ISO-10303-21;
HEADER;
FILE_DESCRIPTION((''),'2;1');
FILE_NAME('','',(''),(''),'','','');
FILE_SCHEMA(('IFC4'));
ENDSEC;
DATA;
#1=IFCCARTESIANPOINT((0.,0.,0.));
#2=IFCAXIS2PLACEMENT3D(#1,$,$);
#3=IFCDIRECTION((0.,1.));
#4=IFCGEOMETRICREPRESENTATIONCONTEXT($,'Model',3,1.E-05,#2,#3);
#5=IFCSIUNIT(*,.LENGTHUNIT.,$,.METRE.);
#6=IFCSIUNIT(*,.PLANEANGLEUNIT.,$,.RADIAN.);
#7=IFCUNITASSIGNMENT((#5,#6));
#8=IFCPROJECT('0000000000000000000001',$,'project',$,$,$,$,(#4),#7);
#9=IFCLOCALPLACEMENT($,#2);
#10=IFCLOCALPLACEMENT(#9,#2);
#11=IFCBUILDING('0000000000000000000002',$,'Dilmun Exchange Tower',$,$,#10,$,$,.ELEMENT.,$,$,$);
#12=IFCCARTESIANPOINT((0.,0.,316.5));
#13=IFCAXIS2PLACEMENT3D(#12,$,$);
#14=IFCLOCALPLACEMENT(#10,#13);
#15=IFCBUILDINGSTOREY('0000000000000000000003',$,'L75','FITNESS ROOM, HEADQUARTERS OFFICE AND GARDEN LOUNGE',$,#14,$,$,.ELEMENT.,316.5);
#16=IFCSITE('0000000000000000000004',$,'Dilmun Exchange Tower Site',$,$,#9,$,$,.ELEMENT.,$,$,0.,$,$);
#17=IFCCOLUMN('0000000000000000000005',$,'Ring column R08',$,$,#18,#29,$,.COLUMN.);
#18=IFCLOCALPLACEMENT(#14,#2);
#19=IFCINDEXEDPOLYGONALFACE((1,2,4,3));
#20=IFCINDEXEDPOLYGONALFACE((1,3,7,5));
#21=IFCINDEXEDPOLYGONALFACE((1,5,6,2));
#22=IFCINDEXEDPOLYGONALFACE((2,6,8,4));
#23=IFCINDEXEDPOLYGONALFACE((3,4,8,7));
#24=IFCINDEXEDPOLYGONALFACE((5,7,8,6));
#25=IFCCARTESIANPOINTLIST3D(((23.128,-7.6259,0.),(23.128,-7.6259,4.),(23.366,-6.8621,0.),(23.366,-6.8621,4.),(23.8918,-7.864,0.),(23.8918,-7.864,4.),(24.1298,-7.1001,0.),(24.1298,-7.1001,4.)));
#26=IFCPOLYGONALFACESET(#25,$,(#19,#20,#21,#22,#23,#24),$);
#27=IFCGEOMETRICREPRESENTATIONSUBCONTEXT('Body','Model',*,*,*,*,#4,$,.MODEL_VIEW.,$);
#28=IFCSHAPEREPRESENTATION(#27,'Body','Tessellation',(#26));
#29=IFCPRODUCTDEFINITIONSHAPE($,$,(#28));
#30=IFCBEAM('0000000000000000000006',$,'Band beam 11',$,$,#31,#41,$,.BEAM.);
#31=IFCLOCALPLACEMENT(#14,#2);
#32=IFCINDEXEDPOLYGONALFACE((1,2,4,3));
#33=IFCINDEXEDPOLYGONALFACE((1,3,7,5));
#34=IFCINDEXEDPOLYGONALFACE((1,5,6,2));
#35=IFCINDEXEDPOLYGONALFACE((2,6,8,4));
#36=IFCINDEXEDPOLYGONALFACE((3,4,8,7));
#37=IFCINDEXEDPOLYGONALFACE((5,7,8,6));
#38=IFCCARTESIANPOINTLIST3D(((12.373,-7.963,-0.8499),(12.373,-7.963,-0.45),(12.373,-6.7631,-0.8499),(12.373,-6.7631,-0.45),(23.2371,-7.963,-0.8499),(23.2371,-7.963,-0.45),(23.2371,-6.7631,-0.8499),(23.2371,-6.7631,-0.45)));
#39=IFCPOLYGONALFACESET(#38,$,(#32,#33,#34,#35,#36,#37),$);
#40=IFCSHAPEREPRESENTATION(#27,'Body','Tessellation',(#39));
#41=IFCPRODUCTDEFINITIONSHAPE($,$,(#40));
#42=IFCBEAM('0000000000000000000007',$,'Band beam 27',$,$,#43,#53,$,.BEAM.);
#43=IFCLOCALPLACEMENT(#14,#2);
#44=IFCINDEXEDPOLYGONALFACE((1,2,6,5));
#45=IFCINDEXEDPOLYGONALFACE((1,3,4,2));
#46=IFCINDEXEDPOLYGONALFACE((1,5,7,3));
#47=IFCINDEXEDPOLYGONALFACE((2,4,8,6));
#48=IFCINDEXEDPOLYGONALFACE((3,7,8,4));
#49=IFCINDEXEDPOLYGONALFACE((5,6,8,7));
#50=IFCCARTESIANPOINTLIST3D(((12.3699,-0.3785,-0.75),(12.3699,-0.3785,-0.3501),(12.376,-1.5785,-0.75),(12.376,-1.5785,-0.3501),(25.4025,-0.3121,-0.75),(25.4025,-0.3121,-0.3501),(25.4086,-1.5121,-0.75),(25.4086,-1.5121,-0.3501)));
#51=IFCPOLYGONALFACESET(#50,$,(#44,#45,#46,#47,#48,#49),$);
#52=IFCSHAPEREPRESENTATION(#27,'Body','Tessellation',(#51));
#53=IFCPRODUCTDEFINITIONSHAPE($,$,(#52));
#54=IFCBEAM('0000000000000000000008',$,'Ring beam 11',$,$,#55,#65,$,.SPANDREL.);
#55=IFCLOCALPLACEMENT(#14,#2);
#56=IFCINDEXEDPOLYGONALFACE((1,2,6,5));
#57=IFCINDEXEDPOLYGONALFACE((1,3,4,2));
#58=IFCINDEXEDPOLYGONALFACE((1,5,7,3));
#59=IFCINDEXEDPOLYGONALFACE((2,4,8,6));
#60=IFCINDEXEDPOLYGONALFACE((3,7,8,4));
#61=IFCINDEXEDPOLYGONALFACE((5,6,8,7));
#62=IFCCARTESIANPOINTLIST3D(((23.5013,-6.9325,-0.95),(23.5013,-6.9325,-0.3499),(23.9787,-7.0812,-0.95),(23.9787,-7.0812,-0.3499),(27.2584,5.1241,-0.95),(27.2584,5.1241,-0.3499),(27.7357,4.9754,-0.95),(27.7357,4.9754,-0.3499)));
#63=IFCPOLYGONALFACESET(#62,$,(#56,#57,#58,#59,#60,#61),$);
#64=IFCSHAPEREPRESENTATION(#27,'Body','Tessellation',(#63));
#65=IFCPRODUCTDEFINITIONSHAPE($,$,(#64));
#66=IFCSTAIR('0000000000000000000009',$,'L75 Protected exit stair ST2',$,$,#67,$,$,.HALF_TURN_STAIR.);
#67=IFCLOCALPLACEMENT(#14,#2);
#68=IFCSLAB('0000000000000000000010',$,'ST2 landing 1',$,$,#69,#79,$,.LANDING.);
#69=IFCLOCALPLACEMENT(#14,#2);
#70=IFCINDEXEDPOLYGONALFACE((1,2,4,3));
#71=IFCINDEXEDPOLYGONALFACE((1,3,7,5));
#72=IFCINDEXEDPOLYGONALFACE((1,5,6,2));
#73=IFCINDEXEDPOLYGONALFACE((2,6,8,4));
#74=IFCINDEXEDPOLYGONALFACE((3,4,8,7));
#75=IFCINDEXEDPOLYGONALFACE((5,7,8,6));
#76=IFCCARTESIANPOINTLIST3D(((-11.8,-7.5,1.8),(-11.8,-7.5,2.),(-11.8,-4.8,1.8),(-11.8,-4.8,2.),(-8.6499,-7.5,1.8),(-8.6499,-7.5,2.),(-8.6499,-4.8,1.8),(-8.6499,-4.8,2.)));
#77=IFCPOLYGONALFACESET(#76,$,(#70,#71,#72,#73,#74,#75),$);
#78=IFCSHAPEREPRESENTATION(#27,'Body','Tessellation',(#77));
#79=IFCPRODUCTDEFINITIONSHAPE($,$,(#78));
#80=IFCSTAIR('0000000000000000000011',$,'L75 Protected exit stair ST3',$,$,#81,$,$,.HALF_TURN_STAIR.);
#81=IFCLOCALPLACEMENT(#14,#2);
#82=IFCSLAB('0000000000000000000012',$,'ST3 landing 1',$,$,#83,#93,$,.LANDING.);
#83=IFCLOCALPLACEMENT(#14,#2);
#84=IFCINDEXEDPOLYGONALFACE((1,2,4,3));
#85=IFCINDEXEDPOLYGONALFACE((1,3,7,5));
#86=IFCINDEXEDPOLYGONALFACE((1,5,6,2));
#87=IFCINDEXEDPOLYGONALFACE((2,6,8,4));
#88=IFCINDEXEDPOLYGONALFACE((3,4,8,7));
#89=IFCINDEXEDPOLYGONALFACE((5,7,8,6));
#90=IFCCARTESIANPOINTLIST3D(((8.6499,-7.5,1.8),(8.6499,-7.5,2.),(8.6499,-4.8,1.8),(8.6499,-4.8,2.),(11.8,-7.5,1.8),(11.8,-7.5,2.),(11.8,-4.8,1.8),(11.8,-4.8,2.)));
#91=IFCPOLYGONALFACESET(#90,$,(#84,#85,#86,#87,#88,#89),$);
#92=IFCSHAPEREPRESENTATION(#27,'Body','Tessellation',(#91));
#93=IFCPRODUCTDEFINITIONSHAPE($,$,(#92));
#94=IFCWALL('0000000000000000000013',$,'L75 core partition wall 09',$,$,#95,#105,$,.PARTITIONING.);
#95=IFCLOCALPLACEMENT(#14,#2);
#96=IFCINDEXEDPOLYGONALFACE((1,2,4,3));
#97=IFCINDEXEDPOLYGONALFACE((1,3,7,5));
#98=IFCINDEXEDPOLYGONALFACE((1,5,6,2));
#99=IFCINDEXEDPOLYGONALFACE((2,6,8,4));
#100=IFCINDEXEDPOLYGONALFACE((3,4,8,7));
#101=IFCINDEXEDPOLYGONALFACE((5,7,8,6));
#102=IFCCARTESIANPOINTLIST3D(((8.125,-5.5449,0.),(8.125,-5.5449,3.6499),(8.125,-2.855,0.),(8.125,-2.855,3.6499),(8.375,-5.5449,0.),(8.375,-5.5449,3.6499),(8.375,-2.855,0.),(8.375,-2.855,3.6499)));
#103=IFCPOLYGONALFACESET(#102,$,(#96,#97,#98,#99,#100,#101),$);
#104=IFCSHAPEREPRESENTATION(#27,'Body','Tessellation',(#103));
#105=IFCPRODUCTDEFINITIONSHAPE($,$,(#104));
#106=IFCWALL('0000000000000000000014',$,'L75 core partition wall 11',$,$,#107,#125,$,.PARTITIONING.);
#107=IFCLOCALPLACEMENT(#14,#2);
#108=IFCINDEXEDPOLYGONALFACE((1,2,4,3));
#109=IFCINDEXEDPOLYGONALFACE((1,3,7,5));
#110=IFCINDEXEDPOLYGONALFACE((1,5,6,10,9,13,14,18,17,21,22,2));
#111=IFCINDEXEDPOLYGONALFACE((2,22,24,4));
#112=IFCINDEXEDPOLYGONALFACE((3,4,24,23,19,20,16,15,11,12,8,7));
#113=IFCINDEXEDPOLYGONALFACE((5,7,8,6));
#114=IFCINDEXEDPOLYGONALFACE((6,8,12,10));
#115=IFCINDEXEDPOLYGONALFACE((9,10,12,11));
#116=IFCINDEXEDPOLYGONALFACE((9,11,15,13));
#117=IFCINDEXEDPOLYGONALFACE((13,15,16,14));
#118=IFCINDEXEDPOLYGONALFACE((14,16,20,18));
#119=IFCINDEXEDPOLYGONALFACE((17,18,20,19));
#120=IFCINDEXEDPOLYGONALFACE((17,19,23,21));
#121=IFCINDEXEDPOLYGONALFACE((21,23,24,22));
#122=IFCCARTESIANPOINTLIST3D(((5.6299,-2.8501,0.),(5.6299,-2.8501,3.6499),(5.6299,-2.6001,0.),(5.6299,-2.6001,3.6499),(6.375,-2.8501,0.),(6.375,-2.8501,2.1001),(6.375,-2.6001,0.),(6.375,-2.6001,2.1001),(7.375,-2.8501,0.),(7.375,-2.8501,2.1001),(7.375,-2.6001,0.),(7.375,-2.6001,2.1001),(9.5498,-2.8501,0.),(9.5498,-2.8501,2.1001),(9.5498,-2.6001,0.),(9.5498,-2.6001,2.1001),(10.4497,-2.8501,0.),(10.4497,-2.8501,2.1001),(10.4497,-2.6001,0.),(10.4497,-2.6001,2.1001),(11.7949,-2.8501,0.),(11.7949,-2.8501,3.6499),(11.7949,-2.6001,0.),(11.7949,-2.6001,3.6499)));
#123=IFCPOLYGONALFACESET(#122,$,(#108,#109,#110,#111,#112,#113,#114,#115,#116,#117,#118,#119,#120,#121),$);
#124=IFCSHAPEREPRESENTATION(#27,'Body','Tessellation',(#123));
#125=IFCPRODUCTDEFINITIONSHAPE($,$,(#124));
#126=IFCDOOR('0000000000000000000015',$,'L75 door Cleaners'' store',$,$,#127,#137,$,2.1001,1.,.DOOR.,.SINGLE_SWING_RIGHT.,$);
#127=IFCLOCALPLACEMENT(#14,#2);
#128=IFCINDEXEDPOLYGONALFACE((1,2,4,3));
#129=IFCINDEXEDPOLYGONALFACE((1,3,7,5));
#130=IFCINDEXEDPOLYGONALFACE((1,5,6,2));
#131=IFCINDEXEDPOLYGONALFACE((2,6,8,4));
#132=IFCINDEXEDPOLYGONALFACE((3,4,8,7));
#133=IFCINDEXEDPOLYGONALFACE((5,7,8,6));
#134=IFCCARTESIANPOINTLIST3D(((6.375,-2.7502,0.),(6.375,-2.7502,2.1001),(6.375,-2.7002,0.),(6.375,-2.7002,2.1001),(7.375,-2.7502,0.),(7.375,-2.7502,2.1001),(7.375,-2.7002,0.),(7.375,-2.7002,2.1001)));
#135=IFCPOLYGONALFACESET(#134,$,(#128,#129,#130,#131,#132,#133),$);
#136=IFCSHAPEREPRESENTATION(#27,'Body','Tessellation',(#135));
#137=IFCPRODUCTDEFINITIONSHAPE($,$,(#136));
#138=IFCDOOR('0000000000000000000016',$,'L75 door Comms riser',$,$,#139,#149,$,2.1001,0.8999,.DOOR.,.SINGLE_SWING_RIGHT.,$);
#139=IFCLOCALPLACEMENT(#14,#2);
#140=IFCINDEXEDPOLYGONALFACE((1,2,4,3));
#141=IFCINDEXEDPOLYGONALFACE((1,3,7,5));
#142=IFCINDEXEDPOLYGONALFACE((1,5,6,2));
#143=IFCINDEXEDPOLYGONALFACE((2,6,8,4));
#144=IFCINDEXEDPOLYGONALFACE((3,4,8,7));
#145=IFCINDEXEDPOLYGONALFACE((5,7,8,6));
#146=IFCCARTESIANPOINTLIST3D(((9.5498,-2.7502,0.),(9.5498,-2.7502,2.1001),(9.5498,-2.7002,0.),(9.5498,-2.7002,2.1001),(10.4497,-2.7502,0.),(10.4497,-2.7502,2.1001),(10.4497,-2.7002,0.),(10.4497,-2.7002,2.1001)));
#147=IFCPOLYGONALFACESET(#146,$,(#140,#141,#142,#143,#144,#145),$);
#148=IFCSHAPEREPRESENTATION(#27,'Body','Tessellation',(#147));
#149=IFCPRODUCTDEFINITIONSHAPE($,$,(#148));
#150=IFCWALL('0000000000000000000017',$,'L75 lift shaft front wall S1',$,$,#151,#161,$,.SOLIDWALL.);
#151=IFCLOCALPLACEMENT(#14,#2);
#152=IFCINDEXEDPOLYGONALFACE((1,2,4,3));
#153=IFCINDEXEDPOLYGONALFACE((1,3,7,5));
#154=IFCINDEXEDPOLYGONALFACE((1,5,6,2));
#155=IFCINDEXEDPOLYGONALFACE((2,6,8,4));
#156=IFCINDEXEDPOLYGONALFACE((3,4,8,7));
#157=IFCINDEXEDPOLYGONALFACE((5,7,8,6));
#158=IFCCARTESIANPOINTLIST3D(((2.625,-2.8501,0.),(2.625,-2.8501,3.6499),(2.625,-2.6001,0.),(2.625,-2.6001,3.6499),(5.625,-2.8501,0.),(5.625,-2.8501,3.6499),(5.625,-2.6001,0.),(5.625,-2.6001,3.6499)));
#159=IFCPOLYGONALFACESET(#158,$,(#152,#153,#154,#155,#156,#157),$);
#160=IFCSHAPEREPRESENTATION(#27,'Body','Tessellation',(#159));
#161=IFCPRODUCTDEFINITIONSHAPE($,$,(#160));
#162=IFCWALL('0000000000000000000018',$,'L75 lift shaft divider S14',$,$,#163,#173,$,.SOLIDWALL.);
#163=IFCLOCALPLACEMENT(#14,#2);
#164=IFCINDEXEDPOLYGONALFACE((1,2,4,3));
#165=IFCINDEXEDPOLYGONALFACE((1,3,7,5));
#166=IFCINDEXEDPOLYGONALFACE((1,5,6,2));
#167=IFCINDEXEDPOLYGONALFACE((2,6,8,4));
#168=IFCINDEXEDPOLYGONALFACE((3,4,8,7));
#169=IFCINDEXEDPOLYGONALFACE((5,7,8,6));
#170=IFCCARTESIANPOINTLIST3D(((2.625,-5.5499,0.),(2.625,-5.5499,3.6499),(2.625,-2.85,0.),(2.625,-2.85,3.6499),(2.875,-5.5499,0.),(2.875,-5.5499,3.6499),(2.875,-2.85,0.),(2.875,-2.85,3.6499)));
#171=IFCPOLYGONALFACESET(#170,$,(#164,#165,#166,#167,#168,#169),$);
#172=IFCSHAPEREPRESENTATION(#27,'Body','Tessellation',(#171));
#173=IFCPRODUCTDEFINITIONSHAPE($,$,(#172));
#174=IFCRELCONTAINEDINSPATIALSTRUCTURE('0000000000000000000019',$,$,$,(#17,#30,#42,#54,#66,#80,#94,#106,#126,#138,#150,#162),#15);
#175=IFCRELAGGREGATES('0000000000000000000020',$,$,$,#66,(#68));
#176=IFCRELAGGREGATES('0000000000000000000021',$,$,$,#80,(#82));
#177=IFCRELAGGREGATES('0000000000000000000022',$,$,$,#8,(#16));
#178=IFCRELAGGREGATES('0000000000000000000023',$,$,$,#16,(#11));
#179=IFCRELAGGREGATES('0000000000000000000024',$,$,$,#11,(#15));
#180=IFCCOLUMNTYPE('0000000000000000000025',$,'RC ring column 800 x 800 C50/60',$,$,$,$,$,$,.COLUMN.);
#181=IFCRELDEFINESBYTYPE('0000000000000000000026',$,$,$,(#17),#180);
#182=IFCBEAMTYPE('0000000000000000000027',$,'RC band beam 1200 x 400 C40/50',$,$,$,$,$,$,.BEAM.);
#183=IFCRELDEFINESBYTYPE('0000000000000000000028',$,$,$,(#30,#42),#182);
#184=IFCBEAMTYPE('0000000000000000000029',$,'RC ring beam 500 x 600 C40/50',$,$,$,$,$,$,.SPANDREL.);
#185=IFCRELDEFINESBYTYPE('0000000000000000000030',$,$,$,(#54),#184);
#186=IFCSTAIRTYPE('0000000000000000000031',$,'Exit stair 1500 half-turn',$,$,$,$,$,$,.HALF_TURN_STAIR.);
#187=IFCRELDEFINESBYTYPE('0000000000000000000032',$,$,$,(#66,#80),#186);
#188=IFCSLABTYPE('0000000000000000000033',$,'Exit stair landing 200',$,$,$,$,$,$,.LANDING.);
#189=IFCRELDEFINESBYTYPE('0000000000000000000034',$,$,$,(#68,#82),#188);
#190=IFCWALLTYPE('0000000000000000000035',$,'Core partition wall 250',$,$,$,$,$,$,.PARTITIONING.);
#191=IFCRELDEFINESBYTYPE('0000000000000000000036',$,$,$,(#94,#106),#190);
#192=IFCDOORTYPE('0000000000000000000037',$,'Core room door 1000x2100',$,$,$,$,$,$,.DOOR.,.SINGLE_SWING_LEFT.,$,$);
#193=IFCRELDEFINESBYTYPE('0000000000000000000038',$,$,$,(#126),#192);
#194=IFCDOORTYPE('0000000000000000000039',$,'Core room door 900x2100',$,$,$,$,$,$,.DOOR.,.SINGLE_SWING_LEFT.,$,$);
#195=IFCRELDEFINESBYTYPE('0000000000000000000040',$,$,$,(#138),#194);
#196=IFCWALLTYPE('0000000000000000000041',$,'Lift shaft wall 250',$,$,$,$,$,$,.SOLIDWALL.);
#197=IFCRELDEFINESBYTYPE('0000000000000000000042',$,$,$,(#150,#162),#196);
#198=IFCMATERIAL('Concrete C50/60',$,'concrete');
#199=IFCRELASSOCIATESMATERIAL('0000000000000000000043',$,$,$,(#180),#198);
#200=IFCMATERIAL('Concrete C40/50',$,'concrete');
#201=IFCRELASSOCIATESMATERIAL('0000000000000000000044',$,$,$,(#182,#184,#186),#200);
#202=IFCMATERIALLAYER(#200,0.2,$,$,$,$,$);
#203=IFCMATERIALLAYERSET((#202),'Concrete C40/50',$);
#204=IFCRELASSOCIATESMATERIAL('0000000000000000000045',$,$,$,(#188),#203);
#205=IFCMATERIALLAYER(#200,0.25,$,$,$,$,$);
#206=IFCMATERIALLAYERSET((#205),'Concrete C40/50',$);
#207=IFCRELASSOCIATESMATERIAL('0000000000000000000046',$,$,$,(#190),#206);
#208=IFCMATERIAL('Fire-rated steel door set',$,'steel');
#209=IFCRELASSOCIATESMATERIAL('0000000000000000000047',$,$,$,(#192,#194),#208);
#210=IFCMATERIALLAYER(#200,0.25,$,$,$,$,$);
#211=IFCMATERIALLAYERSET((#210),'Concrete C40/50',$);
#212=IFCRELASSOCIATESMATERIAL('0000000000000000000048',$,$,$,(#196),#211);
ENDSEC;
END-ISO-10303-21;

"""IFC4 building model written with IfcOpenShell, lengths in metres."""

from ifc_helpers import new_model, si_unit, direction, frame, frame_2d, origin, origin_2d, place, context, subcontext, project, spatial, polyline, rectangle, outline, extrude, material, layer, layer_set, material_profile, profile_set, type_object, element, fill, aggregate, save


model = new_model("IFC4")

# Units and contexts
model_context = context("Model", 3, precision=1e-05, world=origin(), true_north=direction((0.0, 1.0)))
body_context = subcontext(model_context, "Body", "Model", "MODEL_VIEW")
ifc_project = project(units=[si_unit("LENGTHUNIT", "METRE"), si_unit("PLANEANGLEUNIT", "RADIAN")], contexts=[model_context])

# Site, building, storey
site_placement = place(None, origin())
site = spatial("IfcSite", under=ifc_project, at=site_placement, Name="Dilmun Exchange Tower Site", CompositionType="ELEMENT", RefElevation=0.0)
building_placement = place(site_placement, origin())
building = spatial("IfcBuilding", under=site, at=building_placement, Name="Dilmun Exchange Tower", CompositionType="ELEMENT")
storey_placement = place(building_placement, frame((0.0, 0.0, 316.5)))
storey = spatial("IfcBuildingStorey", under=building, at=storey_placement, Name="L75", Description="FITNESS ROOM, HEADQUARTERS OFFICE AND GARDEN LOUNGE", CompositionType="ELEMENT", Elevation=316.5)

# Column
ifc_material_1 = material(Name="Concrete C50/60", Category="concrete")
ifc_material_profile_1 = material_profile(ifc_material_1, rectangle(XDim=0.8, YDim=0.8, at=origin_2d()), Name="800 x 800")
ifc_profile_set_1 = profile_set([ifc_material_profile_1], Name="Concrete C50/60")
column_type = type_object("IfcColumnType", Name="RC ring column 800 x 800 C50/60", PredefinedType="COLUMN", material=ifc_profile_set_1)
column_placement = place(storey_placement, frame((23.6289, -7.363, 0.0), z_axis=(0.0, 0.0, 1.0), x_axis=(0.297503, 0.954721, 0.0)))
element("IfcColumn", 1, at=column_placement, inside=storey, type_object=column_type, Name="Ring column R08", PredefinedType="COLUMN", context=body_context, shape_type="SweptSolid", body=[
    extrude(rectangle(XDim=0.8, YDim=0.8, at=origin_2d()), origin(), (0.0, 0.0, 1.0), 4.0),
])

# Beams
ifc_material_2 = material(Name="Concrete C40/50", Category="concrete")
ifc_material_profile_2 = material_profile(ifc_material_2, rectangle(XDim=1.2, YDim=0.3999, at=origin_2d()), Name="1200 x 400")
ifc_profile_set_2 = profile_set([ifc_material_profile_2], Name="Concrete C40/50")
beam_type_1 = type_object("IfcBeamType", Name="RC band beam 1200 x 400 C40/50", PredefinedType="BEAM", material=ifc_profile_set_2)
beam_1_placement = place(storey_placement, frame((23.2371, -7.363, -0.6499), z_axis=(-1.0, 0.0, 0.0), x_axis=(0.0, -1.0, 0.0)))
element("IfcBeam", 2, at=beam_1_placement, inside=storey, type_object=beam_type_1, Name="Band beam 11", PredefinedType="BEAM", context=body_context, shape_type="SweptSolid", body=[
    extrude(rectangle(XDim=1.2, YDim=0.3999, at=origin_2d()), origin(), (0.0, 0.0, 1.0), 10.864),
])
beam_2_placement = place(storey_placement, frame((25.4055, -0.9121, -0.55), z_axis=(-0.999987, -0.005095, 0.0), x_axis=(0.005095, -0.999987, 0.0)))
element("IfcBeam", 3, at=beam_2_placement, inside=storey, type_object=beam_type_1, Name="Band beam 27", PredefinedType="BEAM", context=body_context, shape_type="SweptSolid", body=[
    extrude(rectangle(XDim=1.2, YDim=0.3999, at=origin_2d()), origin(), (0.0, 0.0, 1.0), 13.0327),
])
ifc_material_profile_3 = material_profile(ifc_material_2, rectangle(XDim=0.5, YDim=0.6001, at=origin_2d()), Name="500 x 600")
ifc_profile_set_3 = profile_set([ifc_material_profile_3], Name="Concrete C40/50")
beam_type_2 = type_object("IfcBeamType", Name="RC ring beam 500 x 600 C40/50", PredefinedType="SPANDREL", material=ifc_profile_set_3)
beam_3_placement = place(storey_placement, frame((23.74, -7.0068, -0.6499), z_axis=(0.297509, 0.954719, 0.0), x_axis=(-0.954719, 0.297509, 0.0)))
element("IfcBeam", 4, at=beam_3_placement, inside=storey, type_object=beam_type_2, Name="Ring beam 11", PredefinedType="SPANDREL", context=body_context, shape_type="SweptSolid", body=[
    extrude(rectangle(XDim=0.5, YDim=0.6001, at=origin_2d()), origin(), (0.0, 0.0, 1.0), 12.6284),
])

# Stairs, slabs
stair_type = type_object("IfcStairType", Name="Exit stair 1500 half-turn", PredefinedType="HALF_TURN_STAIR", material=ifc_material_2)
stair_1_placement = place(storey_placement, origin())
stair_1 = element("IfcStair", 5, at=stair_1_placement, inside=storey, type_object=stair_type, Name="L75 Protected exit stair ST2", PredefinedType="HALF_TURN_STAIR")
ifc_layer_1 = layer(ifc_material_2, 0.2)
ifc_layer_set_1 = layer_set([ifc_layer_1], Name="Concrete C40/50")
slab_type = type_object("IfcSlabType", Name="Exit stair landing 200", PredefinedType="LANDING", material=ifc_layer_set_1)
slab_1_placement = place(storey_placement, frame((0.0, 0.0, 1.8)))
slab_1 = element("IfcSlab", 6, at=slab_1_placement, type_object=slab_type, Name="ST2 landing 1", PredefinedType="LANDING", context=body_context, shape_type="SweptSolid", body=[
    extrude(outline(polyline([(-8.6499, -7.5), (-8.6499, -4.8), (-11.8, -4.8), (-11.8, -7.5), (-8.6499, -7.5)])), origin(), (0.0, 0.0, 1.0), 0.2),
])
aggregate(stair_1, [slab_1])
stair_2_placement = place(storey_placement, origin())
stair_2 = element("IfcStair", 7, at=stair_2_placement, inside=storey, type_object=stair_type, Name="L75 Protected exit stair ST3", PredefinedType="HALF_TURN_STAIR")
slab_2_placement = place(storey_placement, frame((0.0, 0.0, 1.8)))
slab_2 = element("IfcSlab", 8, at=slab_2_placement, type_object=slab_type, Name="ST3 landing 1", PredefinedType="LANDING", context=body_context, shape_type="SweptSolid", body=[
    extrude(outline(polyline([(11.8, -7.5), (11.8, -4.8), (8.6499, -4.8), (8.6499, -7.5), (11.8, -7.5)])), origin(), (0.0, 0.0, 1.0), 0.2),
])

# Shared definitions
ifc_material_3 = material(Name="Fire-rated steel door set", Category="steel")

# Wall
ifc_layer_2 = layer(ifc_material_2, 0.25)
ifc_layer_set_2 = layer_set([ifc_layer_2], Name="Concrete C40/50")
wall_type_1 = type_object("IfcWallType", Name="Core partition wall 250", PredefinedType="PARTITIONING", material=ifc_layer_set_2)
wall_1_placement = place(storey_placement, frame((8.25, -5.5449, 0.0), z_axis=(0.0, 0.0, 1.0), x_axis=(0.0, 1.0, 0.0)))
element("IfcWall", 9, at=wall_1_placement, inside=storey, type_object=wall_type_1, Name="L75 core partition wall 09", PredefinedType="PARTITIONING", context=body_context, shape_type="SweptSolid", body=[
    extrude(rectangle(XDim=2.6899, YDim=0.25, at=frame_2d((1.345, 0.0))), origin(), (0.0, 0.0, 1.0), 3.6499),
])

# Wall, openings, doors
wall_2_placement = place(storey_placement, frame((5.6299, -2.7251, 0.0), z_axis=(0.0, 0.0, 1.0), x_axis=(1.0, 0.0, 0.0)))
wall_2 = element("IfcWall", 10, at=wall_2_placement, inside=storey, type_object=wall_type_1, Name="L75 core partition wall 11", PredefinedType="PARTITIONING", context=body_context, shape_type="SweptSolid", body=[
    extrude(rectangle(XDim=6.165, YDim=0.25, at=frame_2d((3.0825, 0.0))), origin(), (0.0, 0.0, 1.0), 3.6499),
])
opening_1_placement = place(wall_2_placement, frame((0.7451, 0.0, 0.0)))
opening_1 = element("IfcOpeningElement", 11, at=opening_1_placement, cuts=wall_2, PredefinedType="OPENING", context=body_context, shape_type="SweptSolid", body=[
    extrude(rectangle(XDim=1.0, YDim=2.1001, at=frame_2d((0.5, 1.05))), frame((0.0, 0.135, 0.0), z_axis=(0.0, -1.0, 0.0), x_axis=(1.0, 0.0, 0.0)), (0.0, 0.0, 1.0), 0.27),
])
opening_2_placement = place(wall_2_placement, frame((3.9199, 0.0, 0.0)))
opening_2 = element("IfcOpeningElement", 12, at=opening_2_placement, cuts=wall_2, PredefinedType="OPENING", context=body_context, shape_type="SweptSolid", body=[
    extrude(rectangle(XDim=0.8999, YDim=2.1001, at=frame_2d((0.45, 1.05))), frame((0.0, 0.135, 0.0), z_axis=(0.0, -1.0, 0.0), x_axis=(1.0, 0.0, 0.0)), (0.0, 0.0, 1.0), 0.27),
])
door_type_1 = type_object("IfcDoorType", Name="Core room door 1000x2100", OperationType="SINGLE_SWING_LEFT", PredefinedType="DOOR", material=ifc_material_3)
door_1_placement = place(opening_1_placement, origin())
door_1 = element("IfcDoor", 13, at=door_1_placement, inside=storey, type_object=door_type_1, Name="L75 door Cleaners' store", OperationType="SINGLE_SWING_RIGHT", OverallHeight=2.1001, OverallWidth=1.0, PredefinedType="DOOR", context=body_context, shape_type="SweptSolid", body=[
    extrude(rectangle(XDim=1.0, YDim=2.1001, at=frame_2d((0.5, 1.05))), frame((0.0, 0.0249, 0.0), z_axis=(0.0, -1.0, 0.0), x_axis=(1.0, 0.0, 0.0)), (0.0, 0.0, 1.0), 0.05),
])
fill(opening_1, door_1)
door_type_2 = type_object("IfcDoorType", Name="Core room door 900x2100", OperationType="SINGLE_SWING_LEFT", PredefinedType="DOOR", material=ifc_material_3)
door_2_placement = place(opening_2_placement, origin())
door_2 = element("IfcDoor", 14, at=door_2_placement, inside=storey, type_object=door_type_2, Name="L75 door Comms riser", OperationType="SINGLE_SWING_RIGHT", OverallHeight=2.1001, OverallWidth=0.8999, PredefinedType="DOOR", context=body_context, shape_type="SweptSolid", body=[
    extrude(rectangle(XDim=0.8999, YDim=2.1001, at=frame_2d((0.45, 1.05))), frame((0.0, 0.0249, 0.0), z_axis=(0.0, -1.0, 0.0), x_axis=(1.0, 0.0, 0.0)), (0.0, 0.0, 1.0), 0.05),
])
fill(opening_2, door_2)

# Walls
ifc_layer_3 = layer(ifc_material_2, 0.25)
ifc_layer_set_3 = layer_set([ifc_layer_3], Name="Concrete C40/50")
wall_type_2 = type_object("IfcWallType", Name="Lift shaft wall 250", PredefinedType="SOLIDWALL", material=ifc_layer_set_3)
wall_3_placement = place(storey_placement, frame((2.625, -2.7251, 0.0), z_axis=(0.0, 0.0, 1.0), x_axis=(1.0, 0.0, 0.0)))
element("IfcWall", 15, at=wall_3_placement, inside=storey, type_object=wall_type_2, Name="L75 lift shaft front wall S1", PredefinedType="SOLIDWALL", context=body_context, shape_type="SweptSolid", body=[
    extrude(rectangle(XDim=3.0, YDim=0.25, at=frame_2d((1.5, 0.0))), origin(), (0.0, 0.0, 1.0), 3.6499),
])
for number, where, z_axis, x_axis, name in (
    (16, (2.75, -5.55, 0.0), (0.0, 0.0, 1.0), (0.0, 1.0, 0.0), "L75 lift shaft divider S14"),
):
    element("IfcWall", number, at=place(storey_placement, frame(where, z_axis=z_axis, x_axis=x_axis)), inside=storey, type_object=wall_type_2, Name=name, PredefinedType="SOLIDWALL", context=body_context, shape_type="SweptSolid", body=[
        extrude(rectangle(XDim=2.7, YDim=0.25, at=frame_2d((1.3501, 0.0))), origin(), (0.0, 0.0, 1.0), 3.6499),
    ])

aggregate(stair_2, [slab_2])

save(model, "model.ifc")
